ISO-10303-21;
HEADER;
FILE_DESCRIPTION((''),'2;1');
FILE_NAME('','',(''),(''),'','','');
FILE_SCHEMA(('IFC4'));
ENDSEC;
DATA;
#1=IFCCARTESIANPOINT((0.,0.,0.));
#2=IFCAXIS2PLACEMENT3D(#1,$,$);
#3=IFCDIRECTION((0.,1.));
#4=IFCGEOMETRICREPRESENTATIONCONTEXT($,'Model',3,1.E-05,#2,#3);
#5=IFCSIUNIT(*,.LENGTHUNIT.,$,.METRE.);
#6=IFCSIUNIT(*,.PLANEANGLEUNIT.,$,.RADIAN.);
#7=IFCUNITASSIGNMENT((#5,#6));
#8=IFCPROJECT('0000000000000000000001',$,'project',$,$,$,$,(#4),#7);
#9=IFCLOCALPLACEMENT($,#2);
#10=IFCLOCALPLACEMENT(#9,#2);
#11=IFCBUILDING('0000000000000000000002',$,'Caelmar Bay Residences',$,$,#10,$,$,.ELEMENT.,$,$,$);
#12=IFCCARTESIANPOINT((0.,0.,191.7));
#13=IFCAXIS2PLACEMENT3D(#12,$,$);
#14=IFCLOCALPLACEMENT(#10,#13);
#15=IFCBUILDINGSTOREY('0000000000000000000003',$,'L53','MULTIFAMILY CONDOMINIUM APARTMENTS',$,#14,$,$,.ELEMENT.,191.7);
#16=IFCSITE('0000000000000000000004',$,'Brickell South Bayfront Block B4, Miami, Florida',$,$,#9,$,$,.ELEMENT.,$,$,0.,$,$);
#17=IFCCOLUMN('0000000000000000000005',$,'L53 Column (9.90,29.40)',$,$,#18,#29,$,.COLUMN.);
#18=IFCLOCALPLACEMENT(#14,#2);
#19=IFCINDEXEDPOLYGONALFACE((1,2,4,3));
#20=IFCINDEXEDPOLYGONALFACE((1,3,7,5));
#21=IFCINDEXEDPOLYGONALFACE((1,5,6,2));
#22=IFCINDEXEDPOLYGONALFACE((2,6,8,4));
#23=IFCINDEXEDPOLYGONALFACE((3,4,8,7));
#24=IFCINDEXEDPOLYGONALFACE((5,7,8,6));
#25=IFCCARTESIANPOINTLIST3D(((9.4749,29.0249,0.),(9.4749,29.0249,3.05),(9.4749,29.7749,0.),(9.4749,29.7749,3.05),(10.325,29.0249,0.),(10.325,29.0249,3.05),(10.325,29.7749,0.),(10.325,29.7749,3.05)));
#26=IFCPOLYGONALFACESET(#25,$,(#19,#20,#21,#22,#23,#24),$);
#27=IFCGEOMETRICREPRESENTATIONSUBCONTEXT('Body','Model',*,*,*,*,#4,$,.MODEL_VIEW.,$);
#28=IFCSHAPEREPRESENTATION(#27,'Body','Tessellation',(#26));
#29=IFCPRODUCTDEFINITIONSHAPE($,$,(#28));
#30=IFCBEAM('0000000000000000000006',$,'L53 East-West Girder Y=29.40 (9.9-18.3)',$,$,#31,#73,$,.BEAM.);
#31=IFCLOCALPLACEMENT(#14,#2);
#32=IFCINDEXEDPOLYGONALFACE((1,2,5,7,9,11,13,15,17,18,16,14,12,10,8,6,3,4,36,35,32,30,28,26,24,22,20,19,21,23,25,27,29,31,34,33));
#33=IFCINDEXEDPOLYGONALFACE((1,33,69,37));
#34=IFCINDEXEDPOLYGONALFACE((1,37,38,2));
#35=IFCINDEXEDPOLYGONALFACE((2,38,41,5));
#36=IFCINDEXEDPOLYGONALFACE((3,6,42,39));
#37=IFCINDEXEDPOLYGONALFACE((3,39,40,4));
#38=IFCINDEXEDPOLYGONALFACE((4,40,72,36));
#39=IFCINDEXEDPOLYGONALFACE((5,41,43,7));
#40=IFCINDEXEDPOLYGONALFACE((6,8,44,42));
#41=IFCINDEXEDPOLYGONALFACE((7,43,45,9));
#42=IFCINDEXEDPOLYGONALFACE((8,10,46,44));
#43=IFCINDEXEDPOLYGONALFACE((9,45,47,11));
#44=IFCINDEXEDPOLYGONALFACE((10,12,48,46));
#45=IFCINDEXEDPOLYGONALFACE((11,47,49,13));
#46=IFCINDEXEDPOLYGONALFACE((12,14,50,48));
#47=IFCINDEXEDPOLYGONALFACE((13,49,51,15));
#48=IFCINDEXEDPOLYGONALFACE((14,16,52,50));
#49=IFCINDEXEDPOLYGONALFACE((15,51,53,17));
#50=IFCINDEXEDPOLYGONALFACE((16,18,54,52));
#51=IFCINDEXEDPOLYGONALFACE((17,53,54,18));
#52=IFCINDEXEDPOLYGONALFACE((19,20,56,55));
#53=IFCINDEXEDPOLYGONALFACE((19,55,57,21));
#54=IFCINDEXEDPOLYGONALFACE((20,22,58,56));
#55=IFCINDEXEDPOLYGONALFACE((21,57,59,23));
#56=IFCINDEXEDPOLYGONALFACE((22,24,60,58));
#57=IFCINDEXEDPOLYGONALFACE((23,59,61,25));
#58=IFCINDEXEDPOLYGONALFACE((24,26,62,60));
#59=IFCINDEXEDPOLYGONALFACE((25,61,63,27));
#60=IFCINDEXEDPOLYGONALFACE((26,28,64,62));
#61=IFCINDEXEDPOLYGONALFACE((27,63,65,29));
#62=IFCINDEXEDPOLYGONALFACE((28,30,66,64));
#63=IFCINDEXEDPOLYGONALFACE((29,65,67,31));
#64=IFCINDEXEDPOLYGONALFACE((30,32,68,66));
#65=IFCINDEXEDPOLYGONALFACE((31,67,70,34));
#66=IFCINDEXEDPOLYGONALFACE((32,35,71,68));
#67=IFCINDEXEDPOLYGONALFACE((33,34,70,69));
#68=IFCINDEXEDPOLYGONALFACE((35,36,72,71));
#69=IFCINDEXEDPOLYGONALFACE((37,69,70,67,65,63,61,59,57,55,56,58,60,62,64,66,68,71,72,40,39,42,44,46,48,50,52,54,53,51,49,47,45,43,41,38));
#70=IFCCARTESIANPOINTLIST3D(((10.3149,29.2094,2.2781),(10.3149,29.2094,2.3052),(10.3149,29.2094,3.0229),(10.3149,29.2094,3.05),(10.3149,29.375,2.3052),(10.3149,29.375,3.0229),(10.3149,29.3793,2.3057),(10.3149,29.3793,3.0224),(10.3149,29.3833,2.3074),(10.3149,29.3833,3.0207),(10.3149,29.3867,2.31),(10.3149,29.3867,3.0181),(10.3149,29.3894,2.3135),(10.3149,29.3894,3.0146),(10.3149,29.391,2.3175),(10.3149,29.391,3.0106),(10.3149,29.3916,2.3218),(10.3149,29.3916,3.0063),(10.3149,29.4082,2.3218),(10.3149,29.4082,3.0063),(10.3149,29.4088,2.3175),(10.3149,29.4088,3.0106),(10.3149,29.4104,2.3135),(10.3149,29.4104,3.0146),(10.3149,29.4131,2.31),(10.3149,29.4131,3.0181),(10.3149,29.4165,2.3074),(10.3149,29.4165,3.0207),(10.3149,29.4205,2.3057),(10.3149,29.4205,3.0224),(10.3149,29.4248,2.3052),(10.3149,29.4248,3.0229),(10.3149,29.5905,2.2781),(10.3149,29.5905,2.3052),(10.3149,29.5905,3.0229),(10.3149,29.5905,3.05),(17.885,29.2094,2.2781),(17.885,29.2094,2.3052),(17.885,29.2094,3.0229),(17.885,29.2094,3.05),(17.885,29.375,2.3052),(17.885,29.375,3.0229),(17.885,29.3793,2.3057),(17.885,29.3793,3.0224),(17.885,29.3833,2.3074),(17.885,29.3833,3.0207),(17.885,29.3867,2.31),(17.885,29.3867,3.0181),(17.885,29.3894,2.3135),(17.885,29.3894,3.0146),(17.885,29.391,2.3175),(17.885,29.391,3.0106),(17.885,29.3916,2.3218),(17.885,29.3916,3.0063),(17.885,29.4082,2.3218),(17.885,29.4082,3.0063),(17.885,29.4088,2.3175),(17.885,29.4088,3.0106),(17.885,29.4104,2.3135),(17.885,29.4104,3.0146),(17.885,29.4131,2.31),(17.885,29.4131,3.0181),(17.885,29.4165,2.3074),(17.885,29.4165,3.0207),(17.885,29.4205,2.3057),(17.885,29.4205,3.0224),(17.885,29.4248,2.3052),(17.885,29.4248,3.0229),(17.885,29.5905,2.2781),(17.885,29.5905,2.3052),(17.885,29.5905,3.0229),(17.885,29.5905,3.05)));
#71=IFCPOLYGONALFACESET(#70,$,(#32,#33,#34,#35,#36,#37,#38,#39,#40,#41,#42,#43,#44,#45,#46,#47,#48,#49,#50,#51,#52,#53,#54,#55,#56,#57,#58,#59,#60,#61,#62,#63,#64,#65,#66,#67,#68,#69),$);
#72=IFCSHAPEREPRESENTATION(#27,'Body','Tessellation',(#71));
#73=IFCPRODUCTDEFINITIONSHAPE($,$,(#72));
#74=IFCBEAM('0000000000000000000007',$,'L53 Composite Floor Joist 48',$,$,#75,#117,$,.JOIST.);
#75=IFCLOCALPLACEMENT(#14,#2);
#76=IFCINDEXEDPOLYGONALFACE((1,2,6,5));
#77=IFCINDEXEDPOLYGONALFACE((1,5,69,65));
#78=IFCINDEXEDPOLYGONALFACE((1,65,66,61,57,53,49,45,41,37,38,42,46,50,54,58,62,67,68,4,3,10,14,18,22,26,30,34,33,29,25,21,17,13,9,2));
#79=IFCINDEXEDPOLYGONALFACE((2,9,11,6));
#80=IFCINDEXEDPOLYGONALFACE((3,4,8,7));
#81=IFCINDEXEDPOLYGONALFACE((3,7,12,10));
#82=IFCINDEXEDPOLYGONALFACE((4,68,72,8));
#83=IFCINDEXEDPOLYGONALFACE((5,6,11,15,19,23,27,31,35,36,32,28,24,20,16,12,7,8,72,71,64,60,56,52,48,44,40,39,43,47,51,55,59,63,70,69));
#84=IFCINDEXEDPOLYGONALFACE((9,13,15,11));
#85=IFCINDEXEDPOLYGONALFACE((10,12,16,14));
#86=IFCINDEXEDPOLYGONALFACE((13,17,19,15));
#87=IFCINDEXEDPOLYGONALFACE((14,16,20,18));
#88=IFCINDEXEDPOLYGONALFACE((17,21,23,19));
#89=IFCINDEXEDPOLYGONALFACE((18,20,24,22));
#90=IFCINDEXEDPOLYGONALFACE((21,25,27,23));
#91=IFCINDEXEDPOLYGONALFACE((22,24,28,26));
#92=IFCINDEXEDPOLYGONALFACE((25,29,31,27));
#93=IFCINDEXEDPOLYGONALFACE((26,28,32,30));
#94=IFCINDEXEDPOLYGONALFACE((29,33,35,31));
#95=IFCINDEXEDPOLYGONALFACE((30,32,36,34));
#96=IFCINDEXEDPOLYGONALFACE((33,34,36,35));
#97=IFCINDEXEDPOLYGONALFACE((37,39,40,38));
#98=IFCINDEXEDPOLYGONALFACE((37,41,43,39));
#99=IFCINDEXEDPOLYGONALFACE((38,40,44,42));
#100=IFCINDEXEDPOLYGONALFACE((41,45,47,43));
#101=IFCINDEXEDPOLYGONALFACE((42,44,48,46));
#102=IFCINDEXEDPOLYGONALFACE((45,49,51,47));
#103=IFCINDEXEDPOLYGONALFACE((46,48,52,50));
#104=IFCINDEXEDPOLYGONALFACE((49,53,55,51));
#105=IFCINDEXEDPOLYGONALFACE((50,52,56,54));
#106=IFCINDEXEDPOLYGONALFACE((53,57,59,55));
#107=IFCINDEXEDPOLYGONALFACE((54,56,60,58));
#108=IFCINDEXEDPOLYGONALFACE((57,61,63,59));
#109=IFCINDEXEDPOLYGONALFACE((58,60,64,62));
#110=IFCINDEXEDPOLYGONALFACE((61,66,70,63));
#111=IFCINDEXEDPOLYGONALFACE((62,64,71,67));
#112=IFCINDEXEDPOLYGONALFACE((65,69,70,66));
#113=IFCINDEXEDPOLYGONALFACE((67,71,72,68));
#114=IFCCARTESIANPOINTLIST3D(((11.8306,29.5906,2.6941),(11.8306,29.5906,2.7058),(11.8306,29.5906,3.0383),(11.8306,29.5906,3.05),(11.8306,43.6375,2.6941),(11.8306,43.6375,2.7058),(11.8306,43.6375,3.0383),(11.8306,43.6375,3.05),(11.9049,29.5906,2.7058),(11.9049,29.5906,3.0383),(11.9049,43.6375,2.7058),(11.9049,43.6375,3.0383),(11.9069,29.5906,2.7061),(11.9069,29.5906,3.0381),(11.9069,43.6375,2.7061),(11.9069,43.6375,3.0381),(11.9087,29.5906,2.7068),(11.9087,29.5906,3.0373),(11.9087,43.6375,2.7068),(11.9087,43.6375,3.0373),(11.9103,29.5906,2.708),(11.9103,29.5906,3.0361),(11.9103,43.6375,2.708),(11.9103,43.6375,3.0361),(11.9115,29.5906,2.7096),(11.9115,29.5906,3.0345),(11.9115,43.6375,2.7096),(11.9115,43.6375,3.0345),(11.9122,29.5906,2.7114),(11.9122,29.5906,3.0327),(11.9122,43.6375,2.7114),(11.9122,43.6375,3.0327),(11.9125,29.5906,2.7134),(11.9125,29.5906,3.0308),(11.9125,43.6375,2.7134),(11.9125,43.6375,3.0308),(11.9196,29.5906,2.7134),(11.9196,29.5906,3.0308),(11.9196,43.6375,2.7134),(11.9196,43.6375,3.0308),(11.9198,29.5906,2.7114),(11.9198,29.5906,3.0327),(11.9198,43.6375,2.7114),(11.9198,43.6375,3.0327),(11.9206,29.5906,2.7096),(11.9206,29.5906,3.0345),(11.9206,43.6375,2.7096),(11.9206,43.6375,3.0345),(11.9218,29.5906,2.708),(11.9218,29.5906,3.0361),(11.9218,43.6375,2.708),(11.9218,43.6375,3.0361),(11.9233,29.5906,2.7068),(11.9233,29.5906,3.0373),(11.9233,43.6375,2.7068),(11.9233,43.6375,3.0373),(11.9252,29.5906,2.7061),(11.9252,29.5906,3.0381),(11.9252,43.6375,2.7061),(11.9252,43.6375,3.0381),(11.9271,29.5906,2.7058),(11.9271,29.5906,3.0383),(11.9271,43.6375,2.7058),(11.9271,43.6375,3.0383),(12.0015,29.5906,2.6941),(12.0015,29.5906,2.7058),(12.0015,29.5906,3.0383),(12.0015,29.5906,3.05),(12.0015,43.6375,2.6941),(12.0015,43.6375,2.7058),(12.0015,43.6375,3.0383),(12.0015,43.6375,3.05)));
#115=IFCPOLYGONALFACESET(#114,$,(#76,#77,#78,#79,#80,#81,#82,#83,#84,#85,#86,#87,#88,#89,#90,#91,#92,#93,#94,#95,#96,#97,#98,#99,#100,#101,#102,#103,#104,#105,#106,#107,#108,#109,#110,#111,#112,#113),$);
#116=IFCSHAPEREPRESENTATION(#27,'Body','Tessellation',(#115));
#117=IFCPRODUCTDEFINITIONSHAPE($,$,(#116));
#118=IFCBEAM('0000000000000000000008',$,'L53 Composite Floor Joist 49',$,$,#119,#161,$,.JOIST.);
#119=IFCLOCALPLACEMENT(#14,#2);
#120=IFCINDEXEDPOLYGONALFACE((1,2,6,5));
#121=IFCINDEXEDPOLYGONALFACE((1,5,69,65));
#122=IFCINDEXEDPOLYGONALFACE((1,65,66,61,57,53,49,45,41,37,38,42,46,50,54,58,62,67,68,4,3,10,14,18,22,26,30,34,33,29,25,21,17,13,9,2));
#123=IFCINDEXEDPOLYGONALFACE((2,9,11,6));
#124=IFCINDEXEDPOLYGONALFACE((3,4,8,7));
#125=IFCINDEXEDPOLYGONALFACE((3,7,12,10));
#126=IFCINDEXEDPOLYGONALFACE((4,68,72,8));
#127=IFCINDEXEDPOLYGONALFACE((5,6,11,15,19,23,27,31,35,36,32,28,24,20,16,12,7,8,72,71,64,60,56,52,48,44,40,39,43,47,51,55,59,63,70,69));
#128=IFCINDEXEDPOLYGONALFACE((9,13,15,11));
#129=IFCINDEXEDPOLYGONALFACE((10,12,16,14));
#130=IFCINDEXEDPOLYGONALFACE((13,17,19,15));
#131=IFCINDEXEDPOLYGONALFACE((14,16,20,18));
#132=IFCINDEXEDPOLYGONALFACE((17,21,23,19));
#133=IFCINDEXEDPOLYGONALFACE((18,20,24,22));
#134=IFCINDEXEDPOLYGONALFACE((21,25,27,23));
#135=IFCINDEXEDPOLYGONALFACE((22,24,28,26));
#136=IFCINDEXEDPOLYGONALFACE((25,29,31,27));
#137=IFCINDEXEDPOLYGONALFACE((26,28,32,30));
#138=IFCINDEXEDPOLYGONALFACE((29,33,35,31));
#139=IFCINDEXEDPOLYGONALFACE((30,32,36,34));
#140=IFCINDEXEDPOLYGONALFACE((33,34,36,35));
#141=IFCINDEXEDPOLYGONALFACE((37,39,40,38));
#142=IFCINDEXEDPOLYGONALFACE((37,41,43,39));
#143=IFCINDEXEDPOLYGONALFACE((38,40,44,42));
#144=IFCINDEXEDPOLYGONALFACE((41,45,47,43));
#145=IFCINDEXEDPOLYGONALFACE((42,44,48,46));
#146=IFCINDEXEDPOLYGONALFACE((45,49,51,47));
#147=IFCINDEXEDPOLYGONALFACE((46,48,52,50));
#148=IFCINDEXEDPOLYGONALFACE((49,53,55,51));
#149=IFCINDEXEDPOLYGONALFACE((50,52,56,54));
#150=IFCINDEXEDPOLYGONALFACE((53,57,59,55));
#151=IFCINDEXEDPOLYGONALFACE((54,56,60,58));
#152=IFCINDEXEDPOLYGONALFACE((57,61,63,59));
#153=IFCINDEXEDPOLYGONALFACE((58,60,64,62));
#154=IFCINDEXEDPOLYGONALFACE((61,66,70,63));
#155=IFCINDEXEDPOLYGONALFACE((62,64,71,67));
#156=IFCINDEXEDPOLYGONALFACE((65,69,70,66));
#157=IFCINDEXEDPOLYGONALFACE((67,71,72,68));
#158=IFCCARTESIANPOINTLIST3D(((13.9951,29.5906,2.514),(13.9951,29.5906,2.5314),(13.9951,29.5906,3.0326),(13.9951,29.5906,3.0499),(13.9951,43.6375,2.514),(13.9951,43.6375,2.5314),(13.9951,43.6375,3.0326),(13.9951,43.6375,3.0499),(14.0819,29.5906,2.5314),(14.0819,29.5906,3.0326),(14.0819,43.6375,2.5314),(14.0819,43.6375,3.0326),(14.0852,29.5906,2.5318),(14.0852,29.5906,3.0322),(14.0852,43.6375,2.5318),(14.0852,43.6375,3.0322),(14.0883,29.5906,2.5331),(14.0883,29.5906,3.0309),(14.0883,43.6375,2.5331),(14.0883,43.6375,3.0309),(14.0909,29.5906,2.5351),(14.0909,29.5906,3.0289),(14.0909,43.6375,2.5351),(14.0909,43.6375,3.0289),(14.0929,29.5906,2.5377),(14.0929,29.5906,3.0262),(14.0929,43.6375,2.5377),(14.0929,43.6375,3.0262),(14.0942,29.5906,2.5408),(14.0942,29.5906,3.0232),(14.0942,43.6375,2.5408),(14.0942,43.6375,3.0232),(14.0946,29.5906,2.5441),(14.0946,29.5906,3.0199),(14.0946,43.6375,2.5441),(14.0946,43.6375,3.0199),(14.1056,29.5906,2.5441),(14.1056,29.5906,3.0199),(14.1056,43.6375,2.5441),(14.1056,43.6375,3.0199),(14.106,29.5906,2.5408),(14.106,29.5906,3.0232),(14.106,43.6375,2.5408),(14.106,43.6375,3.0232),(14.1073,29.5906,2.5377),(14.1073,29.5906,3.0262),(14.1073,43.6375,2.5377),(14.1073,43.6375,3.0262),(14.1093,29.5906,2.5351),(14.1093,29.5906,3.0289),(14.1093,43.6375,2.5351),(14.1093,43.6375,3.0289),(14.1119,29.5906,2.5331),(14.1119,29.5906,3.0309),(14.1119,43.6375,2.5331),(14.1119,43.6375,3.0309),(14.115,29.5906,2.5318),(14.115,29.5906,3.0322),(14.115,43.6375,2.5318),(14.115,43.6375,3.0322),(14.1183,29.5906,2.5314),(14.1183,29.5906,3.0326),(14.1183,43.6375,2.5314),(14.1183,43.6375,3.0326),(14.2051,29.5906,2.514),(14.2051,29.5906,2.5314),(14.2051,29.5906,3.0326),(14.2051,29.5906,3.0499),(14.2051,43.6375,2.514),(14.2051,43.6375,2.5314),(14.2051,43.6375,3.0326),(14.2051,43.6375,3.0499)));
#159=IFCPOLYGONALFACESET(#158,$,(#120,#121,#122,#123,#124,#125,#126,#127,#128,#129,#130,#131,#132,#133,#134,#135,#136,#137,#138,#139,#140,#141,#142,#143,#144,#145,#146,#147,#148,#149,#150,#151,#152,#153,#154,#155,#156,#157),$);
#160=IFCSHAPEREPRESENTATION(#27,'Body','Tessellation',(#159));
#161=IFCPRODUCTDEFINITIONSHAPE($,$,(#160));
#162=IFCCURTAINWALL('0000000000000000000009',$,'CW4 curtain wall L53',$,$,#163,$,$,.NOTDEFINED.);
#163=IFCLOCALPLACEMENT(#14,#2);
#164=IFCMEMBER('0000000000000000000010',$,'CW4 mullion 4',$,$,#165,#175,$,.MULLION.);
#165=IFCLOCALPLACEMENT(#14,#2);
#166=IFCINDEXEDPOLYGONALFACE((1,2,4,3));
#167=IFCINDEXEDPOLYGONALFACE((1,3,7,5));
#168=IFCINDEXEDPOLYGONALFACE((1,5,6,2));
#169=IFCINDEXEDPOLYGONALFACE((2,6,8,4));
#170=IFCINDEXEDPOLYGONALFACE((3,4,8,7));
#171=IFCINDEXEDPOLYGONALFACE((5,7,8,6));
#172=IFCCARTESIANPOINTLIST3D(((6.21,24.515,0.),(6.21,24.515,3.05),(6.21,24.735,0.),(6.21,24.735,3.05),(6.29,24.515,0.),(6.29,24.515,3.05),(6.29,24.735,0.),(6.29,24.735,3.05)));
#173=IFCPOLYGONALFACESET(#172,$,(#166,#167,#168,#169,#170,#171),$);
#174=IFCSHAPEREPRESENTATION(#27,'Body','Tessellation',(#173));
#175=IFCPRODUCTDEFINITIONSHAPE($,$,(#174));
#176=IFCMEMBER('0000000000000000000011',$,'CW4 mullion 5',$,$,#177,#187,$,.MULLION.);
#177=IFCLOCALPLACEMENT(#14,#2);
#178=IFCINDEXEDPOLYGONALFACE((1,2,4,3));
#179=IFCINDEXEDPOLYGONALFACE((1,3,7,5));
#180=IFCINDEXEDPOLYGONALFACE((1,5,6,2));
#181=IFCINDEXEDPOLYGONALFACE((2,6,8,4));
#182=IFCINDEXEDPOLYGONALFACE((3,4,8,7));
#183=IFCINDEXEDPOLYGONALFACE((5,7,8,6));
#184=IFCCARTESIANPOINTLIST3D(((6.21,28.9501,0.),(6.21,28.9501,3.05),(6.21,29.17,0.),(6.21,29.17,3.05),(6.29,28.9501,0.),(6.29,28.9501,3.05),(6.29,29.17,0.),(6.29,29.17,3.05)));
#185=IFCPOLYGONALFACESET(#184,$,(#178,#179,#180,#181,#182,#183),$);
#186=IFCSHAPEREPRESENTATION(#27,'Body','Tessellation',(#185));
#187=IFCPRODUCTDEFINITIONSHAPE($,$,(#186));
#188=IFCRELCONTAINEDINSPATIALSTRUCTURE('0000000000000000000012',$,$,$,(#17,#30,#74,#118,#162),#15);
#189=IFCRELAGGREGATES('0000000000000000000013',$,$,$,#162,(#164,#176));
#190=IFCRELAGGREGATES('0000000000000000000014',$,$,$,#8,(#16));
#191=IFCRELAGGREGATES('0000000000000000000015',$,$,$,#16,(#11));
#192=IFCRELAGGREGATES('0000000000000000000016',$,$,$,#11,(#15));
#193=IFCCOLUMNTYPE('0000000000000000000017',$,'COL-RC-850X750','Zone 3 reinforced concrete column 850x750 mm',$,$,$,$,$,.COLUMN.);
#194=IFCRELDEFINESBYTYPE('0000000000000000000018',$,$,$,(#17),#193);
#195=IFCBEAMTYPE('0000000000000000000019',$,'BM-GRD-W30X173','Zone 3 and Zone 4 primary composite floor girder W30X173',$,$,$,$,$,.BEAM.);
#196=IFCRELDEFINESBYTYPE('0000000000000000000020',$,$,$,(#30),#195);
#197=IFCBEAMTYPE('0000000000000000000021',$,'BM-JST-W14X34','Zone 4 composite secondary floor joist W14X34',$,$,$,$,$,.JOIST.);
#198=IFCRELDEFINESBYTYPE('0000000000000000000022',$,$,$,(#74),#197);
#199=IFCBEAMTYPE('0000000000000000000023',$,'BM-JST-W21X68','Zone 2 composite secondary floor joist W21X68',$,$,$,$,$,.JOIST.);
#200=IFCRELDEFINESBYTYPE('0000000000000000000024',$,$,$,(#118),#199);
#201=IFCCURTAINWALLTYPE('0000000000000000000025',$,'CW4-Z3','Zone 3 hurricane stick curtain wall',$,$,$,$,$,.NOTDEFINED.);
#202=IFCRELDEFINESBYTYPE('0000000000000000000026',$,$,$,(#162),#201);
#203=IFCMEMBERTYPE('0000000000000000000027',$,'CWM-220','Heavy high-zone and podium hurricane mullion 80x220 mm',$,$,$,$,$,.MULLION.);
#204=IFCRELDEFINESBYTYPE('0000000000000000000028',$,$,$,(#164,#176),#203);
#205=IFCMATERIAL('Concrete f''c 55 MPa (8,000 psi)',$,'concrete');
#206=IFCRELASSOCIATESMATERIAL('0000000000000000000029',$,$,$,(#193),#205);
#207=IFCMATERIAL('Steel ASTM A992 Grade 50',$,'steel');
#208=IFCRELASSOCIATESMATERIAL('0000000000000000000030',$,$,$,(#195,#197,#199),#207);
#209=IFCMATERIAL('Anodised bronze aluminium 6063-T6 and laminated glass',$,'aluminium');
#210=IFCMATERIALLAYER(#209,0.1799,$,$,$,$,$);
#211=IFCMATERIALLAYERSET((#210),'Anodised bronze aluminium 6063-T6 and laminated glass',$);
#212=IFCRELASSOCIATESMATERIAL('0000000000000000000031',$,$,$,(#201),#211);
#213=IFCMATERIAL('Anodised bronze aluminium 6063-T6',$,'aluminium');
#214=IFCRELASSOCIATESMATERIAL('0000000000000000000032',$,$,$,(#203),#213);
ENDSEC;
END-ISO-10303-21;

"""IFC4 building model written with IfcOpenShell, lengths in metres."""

from ifc_helpers import new_model, si_unit, direction, frame, origin, origin_2d, place, context, subcontext, project, spatial, rectangle, i_section, extrude, material, layer, layer_set, material_profile, profile_set, type_object, element, aggregate, save


model = new_model("IFC4")

# Units and contexts
model_context = context("Model", 3, precision=1e-05, world=origin(), true_north=direction((0.0, 1.0)))
body_context = subcontext(model_context, "Body", "Model", "MODEL_VIEW")
ifc_project = project(units=[si_unit("LENGTHUNIT", "METRE"), si_unit("PLANEANGLEUNIT", "RADIAN")], contexts=[model_context])

# Site, building, storey
site_placement = place(None, origin())
site = spatial("IfcSite", under=ifc_project, at=site_placement, Name="Brickell South Bayfront Block B4, Miami, Florida", CompositionType="ELEMENT", RefElevation=0.0)
building_placement = place(site_placement, origin())
building = spatial("IfcBuilding", under=site, at=building_placement, Name="Caelmar Bay Residences", CompositionType="ELEMENT")
storey_placement = place(building_placement, frame((0.0, 0.0, 191.7)))
storey = spatial("IfcBuildingStorey", under=building, at=storey_placement, Name="L53", Description="MULTIFAMILY CONDOMINIUM APARTMENTS", CompositionType="ELEMENT", Elevation=191.7)

# Column
ifc_material_1 = material(Name="Concrete f'c 55 MPa (8,000 psi)", Category="concrete")
ifc_material_profile_1 = material_profile(ifc_material_1, rectangle(XDim=0.8501, YDim=0.75, at=origin_2d()), Name="RC-COL-850X750")
ifc_profile_set_1 = profile_set([ifc_material_profile_1], Name="Concrete f'c 55 MPa (8,000 psi)")
column_type = type_object("IfcColumnType", Name="COL-RC-850X750", Description="Zone 3 reinforced concrete column 850x750 mm", PredefinedType="COLUMN", material=ifc_profile_set_1)
column_placement = place(storey_placement, frame((9.8999, 29.3999, 0.0), z_axis=(0.0, 0.0, 1.0), x_axis=(1.0, 0.0, 0.0)))
element("IfcColumn", 1, at=column_placement, inside=storey, type_object=column_type, Name="L53 Column (9.90,29.40)", PredefinedType="COLUMN", context=body_context, shape_type="SweptSolid", body=[
    extrude(rectangle(XDim=0.8501, YDim=0.75, at=origin_2d()), origin(), (0.0, 0.0, 1.0), 3.05),
])

# Beams
ifc_material_2 = material(Name="Steel ASTM A992 Grade 50", Category="steel")
ifc_material_profile_2 = material_profile(ifc_material_2, i_section(OverallWidth=0.3811, OverallDepth=0.772, WebThickness=0.0166, FlangeThickness=0.0271, FilletRadius=0.0166, at=origin_2d()), Name="W30X173")
ifc_profile_set_2 = profile_set([ifc_material_profile_2], Name="Steel ASTM A992 Grade 50")
beam_type_1 = type_object("IfcBeamType", Name="BM-GRD-W30X173", Description="Zone 3 and Zone 4 primary composite floor girder W30X173", PredefinedType="BEAM", material=ifc_profile_set_2)
beam_1_placement = place(storey_placement, frame((10.3149, 29.3999, 2.6641), z_axis=(1.0, 0.0, 0.0), x_axis=(0.0, 1.0, 0.0)))
element("IfcBeam", 2, at=beam_1_placement, inside=storey, type_object=beam_type_1, Name="L53 East-West Girder Y=29.40 (9.9-18.3)", PredefinedType="BEAM", context=body_context, shape_type="SweptSolid", body=[
    extrude(i_section(OverallWidth=0.3811, OverallDepth=0.772, WebThickness=0.0166, FlangeThickness=0.0271, FilletRadius=0.0166, at=origin_2d()), origin(), (0.0, 0.0, 1.0), 7.5701),
])
ifc_material_profile_3 = material_profile(ifc_material_2, i_section(OverallWidth=0.1709, OverallDepth=0.356, WebThickness=0.0071, FlangeThickness=0.0117, FilletRadius=0.0076, at=origin_2d()), Name="W14X34")
ifc_profile_set_3 = profile_set([ifc_material_profile_3], Name="Steel ASTM A992 Grade 50")
beam_type_2 = type_object("IfcBeamType", Name="BM-JST-W14X34", Description="Zone 4 composite secondary floor joist W14X34", PredefinedType="JOIST", material=ifc_profile_set_3)
beam_2_placement = place(storey_placement, frame((11.916, 29.5906, 2.8721), z_axis=(0.0, 1.0, 0.0), x_axis=(-1.0, 0.0, 0.0)))
element("IfcBeam", 3, at=beam_2_placement, inside=storey, type_object=beam_type_2, Name="L53 Composite Floor Joist 48", PredefinedType="JOIST", context=body_context, shape_type="SweptSolid", body=[
    extrude(i_section(OverallWidth=0.1709, OverallDepth=0.356, WebThickness=0.0071, FlangeThickness=0.0117, FilletRadius=0.0076, at=origin_2d()), origin(), (0.0, 0.0, 1.0), 14.0469),
])
ifc_material_profile_4 = material_profile(ifc_material_2, i_section(OverallWidth=0.21, OverallDepth=0.5359, WebThickness=0.011, FlangeThickness=0.0173, FilletRadius=0.0127, at=origin_2d()), Name="W21X68")
ifc_profile_set_4 = profile_set([ifc_material_profile_4], Name="Steel ASTM A992 Grade 50")
beam_type_3 = type_object("IfcBeamType", Name="BM-JST-W21X68", Description="Zone 2 composite secondary floor joist W21X68", PredefinedType="JOIST", material=ifc_profile_set_4)
beam_3_placement = place(storey_placement, frame((14.1001, 29.5906, 2.782), z_axis=(0.0, 1.0, 0.0), x_axis=(-1.0, 0.0, 0.0)))
element("IfcBeam", 4, at=beam_3_placement, inside=storey, type_object=beam_type_3, Name="L53 Composite Floor Joist 49", PredefinedType="JOIST", context=body_context, shape_type="SweptSolid", body=[
    extrude(i_section(OverallWidth=0.21, OverallDepth=0.5359, WebThickness=0.011, FlangeThickness=0.0173, FilletRadius=0.0127, at=origin_2d()), origin(), (0.0, 0.0, 1.0), 14.0469),
])

# Curtain wall, members
ifc_material_3 = material(Name="Anodised bronze aluminium 6063-T6 and laminated glass", Category="aluminium")
ifc_layer_1 = layer(ifc_material_3, 0.1799)
ifc_layer_set_1 = layer_set([ifc_layer_1], Name="Anodised bronze aluminium 6063-T6 and laminated glass")
curtain_wall_type = type_object("IfcCurtainWallType", Name="CW4-Z3", Description="Zone 3 hurricane stick curtain wall", PredefinedType="NOTDEFINED", material=ifc_layer_set_1)
curtain_wall_placement = place(storey_placement, origin())
curtain_wall = element("IfcCurtainWall", 5, at=curtain_wall_placement, inside=storey, type_object=curtain_wall_type, Name="CW4 curtain wall L53", PredefinedType="NOTDEFINED")
ifc_material_4 = material(Name="Anodised bronze aluminium 6063-T6", Category="aluminium")
ifc_material_profile_5 = material_profile(ifc_material_4, rectangle(XDim=0.0801, YDim=0.22, at=origin_2d()), Name="CWM-80X220")
ifc_profile_set_5 = profile_set([ifc_material_profile_5], Name="Anodised bronze aluminium 6063-T6")
member_type_1 = type_object("IfcMemberType", Name="CWM-220", Description="Heavy high-zone and podium hurricane mullion 80x220 mm", PredefinedType="MULLION", material=ifc_profile_set_5)
member_1_placement = place(storey_placement, frame((6.25, 24.625, 0.0), z_axis=(0.0, 0.0, 1.0), x_axis=(-1.0, 0.0, 0.0)))
member_1 = element("IfcMember", 6, at=member_1_placement, type_object=member_type_1, Name="CW4 mullion 4", PredefinedType="MULLION", context=body_context, shape_type="SweptSolid", body=[
    extrude(rectangle(XDim=0.0801, YDim=0.22, at=origin_2d()), origin(), (0.0, 0.0, 1.0), 3.05),
])
member_2_placement = place(storey_placement, frame((6.25, 29.0601, 0.0), z_axis=(0.0, 0.0, 1.0), x_axis=(-1.0, 0.0, 0.0)))
member_2 = element("IfcMember", 7, at=member_2_placement, type_object=member_type_1, Name="CW4 mullion 5", PredefinedType="MULLION", context=body_context, shape_type="SweptSolid", body=[
    extrude(rectangle(XDim=0.0801, YDim=0.22, at=origin_2d()), origin(), (0.0, 0.0, 1.0), 3.05),
])
aggregate(curtain_wall, [member_1, member_2])

save(model, "model.ifc")
